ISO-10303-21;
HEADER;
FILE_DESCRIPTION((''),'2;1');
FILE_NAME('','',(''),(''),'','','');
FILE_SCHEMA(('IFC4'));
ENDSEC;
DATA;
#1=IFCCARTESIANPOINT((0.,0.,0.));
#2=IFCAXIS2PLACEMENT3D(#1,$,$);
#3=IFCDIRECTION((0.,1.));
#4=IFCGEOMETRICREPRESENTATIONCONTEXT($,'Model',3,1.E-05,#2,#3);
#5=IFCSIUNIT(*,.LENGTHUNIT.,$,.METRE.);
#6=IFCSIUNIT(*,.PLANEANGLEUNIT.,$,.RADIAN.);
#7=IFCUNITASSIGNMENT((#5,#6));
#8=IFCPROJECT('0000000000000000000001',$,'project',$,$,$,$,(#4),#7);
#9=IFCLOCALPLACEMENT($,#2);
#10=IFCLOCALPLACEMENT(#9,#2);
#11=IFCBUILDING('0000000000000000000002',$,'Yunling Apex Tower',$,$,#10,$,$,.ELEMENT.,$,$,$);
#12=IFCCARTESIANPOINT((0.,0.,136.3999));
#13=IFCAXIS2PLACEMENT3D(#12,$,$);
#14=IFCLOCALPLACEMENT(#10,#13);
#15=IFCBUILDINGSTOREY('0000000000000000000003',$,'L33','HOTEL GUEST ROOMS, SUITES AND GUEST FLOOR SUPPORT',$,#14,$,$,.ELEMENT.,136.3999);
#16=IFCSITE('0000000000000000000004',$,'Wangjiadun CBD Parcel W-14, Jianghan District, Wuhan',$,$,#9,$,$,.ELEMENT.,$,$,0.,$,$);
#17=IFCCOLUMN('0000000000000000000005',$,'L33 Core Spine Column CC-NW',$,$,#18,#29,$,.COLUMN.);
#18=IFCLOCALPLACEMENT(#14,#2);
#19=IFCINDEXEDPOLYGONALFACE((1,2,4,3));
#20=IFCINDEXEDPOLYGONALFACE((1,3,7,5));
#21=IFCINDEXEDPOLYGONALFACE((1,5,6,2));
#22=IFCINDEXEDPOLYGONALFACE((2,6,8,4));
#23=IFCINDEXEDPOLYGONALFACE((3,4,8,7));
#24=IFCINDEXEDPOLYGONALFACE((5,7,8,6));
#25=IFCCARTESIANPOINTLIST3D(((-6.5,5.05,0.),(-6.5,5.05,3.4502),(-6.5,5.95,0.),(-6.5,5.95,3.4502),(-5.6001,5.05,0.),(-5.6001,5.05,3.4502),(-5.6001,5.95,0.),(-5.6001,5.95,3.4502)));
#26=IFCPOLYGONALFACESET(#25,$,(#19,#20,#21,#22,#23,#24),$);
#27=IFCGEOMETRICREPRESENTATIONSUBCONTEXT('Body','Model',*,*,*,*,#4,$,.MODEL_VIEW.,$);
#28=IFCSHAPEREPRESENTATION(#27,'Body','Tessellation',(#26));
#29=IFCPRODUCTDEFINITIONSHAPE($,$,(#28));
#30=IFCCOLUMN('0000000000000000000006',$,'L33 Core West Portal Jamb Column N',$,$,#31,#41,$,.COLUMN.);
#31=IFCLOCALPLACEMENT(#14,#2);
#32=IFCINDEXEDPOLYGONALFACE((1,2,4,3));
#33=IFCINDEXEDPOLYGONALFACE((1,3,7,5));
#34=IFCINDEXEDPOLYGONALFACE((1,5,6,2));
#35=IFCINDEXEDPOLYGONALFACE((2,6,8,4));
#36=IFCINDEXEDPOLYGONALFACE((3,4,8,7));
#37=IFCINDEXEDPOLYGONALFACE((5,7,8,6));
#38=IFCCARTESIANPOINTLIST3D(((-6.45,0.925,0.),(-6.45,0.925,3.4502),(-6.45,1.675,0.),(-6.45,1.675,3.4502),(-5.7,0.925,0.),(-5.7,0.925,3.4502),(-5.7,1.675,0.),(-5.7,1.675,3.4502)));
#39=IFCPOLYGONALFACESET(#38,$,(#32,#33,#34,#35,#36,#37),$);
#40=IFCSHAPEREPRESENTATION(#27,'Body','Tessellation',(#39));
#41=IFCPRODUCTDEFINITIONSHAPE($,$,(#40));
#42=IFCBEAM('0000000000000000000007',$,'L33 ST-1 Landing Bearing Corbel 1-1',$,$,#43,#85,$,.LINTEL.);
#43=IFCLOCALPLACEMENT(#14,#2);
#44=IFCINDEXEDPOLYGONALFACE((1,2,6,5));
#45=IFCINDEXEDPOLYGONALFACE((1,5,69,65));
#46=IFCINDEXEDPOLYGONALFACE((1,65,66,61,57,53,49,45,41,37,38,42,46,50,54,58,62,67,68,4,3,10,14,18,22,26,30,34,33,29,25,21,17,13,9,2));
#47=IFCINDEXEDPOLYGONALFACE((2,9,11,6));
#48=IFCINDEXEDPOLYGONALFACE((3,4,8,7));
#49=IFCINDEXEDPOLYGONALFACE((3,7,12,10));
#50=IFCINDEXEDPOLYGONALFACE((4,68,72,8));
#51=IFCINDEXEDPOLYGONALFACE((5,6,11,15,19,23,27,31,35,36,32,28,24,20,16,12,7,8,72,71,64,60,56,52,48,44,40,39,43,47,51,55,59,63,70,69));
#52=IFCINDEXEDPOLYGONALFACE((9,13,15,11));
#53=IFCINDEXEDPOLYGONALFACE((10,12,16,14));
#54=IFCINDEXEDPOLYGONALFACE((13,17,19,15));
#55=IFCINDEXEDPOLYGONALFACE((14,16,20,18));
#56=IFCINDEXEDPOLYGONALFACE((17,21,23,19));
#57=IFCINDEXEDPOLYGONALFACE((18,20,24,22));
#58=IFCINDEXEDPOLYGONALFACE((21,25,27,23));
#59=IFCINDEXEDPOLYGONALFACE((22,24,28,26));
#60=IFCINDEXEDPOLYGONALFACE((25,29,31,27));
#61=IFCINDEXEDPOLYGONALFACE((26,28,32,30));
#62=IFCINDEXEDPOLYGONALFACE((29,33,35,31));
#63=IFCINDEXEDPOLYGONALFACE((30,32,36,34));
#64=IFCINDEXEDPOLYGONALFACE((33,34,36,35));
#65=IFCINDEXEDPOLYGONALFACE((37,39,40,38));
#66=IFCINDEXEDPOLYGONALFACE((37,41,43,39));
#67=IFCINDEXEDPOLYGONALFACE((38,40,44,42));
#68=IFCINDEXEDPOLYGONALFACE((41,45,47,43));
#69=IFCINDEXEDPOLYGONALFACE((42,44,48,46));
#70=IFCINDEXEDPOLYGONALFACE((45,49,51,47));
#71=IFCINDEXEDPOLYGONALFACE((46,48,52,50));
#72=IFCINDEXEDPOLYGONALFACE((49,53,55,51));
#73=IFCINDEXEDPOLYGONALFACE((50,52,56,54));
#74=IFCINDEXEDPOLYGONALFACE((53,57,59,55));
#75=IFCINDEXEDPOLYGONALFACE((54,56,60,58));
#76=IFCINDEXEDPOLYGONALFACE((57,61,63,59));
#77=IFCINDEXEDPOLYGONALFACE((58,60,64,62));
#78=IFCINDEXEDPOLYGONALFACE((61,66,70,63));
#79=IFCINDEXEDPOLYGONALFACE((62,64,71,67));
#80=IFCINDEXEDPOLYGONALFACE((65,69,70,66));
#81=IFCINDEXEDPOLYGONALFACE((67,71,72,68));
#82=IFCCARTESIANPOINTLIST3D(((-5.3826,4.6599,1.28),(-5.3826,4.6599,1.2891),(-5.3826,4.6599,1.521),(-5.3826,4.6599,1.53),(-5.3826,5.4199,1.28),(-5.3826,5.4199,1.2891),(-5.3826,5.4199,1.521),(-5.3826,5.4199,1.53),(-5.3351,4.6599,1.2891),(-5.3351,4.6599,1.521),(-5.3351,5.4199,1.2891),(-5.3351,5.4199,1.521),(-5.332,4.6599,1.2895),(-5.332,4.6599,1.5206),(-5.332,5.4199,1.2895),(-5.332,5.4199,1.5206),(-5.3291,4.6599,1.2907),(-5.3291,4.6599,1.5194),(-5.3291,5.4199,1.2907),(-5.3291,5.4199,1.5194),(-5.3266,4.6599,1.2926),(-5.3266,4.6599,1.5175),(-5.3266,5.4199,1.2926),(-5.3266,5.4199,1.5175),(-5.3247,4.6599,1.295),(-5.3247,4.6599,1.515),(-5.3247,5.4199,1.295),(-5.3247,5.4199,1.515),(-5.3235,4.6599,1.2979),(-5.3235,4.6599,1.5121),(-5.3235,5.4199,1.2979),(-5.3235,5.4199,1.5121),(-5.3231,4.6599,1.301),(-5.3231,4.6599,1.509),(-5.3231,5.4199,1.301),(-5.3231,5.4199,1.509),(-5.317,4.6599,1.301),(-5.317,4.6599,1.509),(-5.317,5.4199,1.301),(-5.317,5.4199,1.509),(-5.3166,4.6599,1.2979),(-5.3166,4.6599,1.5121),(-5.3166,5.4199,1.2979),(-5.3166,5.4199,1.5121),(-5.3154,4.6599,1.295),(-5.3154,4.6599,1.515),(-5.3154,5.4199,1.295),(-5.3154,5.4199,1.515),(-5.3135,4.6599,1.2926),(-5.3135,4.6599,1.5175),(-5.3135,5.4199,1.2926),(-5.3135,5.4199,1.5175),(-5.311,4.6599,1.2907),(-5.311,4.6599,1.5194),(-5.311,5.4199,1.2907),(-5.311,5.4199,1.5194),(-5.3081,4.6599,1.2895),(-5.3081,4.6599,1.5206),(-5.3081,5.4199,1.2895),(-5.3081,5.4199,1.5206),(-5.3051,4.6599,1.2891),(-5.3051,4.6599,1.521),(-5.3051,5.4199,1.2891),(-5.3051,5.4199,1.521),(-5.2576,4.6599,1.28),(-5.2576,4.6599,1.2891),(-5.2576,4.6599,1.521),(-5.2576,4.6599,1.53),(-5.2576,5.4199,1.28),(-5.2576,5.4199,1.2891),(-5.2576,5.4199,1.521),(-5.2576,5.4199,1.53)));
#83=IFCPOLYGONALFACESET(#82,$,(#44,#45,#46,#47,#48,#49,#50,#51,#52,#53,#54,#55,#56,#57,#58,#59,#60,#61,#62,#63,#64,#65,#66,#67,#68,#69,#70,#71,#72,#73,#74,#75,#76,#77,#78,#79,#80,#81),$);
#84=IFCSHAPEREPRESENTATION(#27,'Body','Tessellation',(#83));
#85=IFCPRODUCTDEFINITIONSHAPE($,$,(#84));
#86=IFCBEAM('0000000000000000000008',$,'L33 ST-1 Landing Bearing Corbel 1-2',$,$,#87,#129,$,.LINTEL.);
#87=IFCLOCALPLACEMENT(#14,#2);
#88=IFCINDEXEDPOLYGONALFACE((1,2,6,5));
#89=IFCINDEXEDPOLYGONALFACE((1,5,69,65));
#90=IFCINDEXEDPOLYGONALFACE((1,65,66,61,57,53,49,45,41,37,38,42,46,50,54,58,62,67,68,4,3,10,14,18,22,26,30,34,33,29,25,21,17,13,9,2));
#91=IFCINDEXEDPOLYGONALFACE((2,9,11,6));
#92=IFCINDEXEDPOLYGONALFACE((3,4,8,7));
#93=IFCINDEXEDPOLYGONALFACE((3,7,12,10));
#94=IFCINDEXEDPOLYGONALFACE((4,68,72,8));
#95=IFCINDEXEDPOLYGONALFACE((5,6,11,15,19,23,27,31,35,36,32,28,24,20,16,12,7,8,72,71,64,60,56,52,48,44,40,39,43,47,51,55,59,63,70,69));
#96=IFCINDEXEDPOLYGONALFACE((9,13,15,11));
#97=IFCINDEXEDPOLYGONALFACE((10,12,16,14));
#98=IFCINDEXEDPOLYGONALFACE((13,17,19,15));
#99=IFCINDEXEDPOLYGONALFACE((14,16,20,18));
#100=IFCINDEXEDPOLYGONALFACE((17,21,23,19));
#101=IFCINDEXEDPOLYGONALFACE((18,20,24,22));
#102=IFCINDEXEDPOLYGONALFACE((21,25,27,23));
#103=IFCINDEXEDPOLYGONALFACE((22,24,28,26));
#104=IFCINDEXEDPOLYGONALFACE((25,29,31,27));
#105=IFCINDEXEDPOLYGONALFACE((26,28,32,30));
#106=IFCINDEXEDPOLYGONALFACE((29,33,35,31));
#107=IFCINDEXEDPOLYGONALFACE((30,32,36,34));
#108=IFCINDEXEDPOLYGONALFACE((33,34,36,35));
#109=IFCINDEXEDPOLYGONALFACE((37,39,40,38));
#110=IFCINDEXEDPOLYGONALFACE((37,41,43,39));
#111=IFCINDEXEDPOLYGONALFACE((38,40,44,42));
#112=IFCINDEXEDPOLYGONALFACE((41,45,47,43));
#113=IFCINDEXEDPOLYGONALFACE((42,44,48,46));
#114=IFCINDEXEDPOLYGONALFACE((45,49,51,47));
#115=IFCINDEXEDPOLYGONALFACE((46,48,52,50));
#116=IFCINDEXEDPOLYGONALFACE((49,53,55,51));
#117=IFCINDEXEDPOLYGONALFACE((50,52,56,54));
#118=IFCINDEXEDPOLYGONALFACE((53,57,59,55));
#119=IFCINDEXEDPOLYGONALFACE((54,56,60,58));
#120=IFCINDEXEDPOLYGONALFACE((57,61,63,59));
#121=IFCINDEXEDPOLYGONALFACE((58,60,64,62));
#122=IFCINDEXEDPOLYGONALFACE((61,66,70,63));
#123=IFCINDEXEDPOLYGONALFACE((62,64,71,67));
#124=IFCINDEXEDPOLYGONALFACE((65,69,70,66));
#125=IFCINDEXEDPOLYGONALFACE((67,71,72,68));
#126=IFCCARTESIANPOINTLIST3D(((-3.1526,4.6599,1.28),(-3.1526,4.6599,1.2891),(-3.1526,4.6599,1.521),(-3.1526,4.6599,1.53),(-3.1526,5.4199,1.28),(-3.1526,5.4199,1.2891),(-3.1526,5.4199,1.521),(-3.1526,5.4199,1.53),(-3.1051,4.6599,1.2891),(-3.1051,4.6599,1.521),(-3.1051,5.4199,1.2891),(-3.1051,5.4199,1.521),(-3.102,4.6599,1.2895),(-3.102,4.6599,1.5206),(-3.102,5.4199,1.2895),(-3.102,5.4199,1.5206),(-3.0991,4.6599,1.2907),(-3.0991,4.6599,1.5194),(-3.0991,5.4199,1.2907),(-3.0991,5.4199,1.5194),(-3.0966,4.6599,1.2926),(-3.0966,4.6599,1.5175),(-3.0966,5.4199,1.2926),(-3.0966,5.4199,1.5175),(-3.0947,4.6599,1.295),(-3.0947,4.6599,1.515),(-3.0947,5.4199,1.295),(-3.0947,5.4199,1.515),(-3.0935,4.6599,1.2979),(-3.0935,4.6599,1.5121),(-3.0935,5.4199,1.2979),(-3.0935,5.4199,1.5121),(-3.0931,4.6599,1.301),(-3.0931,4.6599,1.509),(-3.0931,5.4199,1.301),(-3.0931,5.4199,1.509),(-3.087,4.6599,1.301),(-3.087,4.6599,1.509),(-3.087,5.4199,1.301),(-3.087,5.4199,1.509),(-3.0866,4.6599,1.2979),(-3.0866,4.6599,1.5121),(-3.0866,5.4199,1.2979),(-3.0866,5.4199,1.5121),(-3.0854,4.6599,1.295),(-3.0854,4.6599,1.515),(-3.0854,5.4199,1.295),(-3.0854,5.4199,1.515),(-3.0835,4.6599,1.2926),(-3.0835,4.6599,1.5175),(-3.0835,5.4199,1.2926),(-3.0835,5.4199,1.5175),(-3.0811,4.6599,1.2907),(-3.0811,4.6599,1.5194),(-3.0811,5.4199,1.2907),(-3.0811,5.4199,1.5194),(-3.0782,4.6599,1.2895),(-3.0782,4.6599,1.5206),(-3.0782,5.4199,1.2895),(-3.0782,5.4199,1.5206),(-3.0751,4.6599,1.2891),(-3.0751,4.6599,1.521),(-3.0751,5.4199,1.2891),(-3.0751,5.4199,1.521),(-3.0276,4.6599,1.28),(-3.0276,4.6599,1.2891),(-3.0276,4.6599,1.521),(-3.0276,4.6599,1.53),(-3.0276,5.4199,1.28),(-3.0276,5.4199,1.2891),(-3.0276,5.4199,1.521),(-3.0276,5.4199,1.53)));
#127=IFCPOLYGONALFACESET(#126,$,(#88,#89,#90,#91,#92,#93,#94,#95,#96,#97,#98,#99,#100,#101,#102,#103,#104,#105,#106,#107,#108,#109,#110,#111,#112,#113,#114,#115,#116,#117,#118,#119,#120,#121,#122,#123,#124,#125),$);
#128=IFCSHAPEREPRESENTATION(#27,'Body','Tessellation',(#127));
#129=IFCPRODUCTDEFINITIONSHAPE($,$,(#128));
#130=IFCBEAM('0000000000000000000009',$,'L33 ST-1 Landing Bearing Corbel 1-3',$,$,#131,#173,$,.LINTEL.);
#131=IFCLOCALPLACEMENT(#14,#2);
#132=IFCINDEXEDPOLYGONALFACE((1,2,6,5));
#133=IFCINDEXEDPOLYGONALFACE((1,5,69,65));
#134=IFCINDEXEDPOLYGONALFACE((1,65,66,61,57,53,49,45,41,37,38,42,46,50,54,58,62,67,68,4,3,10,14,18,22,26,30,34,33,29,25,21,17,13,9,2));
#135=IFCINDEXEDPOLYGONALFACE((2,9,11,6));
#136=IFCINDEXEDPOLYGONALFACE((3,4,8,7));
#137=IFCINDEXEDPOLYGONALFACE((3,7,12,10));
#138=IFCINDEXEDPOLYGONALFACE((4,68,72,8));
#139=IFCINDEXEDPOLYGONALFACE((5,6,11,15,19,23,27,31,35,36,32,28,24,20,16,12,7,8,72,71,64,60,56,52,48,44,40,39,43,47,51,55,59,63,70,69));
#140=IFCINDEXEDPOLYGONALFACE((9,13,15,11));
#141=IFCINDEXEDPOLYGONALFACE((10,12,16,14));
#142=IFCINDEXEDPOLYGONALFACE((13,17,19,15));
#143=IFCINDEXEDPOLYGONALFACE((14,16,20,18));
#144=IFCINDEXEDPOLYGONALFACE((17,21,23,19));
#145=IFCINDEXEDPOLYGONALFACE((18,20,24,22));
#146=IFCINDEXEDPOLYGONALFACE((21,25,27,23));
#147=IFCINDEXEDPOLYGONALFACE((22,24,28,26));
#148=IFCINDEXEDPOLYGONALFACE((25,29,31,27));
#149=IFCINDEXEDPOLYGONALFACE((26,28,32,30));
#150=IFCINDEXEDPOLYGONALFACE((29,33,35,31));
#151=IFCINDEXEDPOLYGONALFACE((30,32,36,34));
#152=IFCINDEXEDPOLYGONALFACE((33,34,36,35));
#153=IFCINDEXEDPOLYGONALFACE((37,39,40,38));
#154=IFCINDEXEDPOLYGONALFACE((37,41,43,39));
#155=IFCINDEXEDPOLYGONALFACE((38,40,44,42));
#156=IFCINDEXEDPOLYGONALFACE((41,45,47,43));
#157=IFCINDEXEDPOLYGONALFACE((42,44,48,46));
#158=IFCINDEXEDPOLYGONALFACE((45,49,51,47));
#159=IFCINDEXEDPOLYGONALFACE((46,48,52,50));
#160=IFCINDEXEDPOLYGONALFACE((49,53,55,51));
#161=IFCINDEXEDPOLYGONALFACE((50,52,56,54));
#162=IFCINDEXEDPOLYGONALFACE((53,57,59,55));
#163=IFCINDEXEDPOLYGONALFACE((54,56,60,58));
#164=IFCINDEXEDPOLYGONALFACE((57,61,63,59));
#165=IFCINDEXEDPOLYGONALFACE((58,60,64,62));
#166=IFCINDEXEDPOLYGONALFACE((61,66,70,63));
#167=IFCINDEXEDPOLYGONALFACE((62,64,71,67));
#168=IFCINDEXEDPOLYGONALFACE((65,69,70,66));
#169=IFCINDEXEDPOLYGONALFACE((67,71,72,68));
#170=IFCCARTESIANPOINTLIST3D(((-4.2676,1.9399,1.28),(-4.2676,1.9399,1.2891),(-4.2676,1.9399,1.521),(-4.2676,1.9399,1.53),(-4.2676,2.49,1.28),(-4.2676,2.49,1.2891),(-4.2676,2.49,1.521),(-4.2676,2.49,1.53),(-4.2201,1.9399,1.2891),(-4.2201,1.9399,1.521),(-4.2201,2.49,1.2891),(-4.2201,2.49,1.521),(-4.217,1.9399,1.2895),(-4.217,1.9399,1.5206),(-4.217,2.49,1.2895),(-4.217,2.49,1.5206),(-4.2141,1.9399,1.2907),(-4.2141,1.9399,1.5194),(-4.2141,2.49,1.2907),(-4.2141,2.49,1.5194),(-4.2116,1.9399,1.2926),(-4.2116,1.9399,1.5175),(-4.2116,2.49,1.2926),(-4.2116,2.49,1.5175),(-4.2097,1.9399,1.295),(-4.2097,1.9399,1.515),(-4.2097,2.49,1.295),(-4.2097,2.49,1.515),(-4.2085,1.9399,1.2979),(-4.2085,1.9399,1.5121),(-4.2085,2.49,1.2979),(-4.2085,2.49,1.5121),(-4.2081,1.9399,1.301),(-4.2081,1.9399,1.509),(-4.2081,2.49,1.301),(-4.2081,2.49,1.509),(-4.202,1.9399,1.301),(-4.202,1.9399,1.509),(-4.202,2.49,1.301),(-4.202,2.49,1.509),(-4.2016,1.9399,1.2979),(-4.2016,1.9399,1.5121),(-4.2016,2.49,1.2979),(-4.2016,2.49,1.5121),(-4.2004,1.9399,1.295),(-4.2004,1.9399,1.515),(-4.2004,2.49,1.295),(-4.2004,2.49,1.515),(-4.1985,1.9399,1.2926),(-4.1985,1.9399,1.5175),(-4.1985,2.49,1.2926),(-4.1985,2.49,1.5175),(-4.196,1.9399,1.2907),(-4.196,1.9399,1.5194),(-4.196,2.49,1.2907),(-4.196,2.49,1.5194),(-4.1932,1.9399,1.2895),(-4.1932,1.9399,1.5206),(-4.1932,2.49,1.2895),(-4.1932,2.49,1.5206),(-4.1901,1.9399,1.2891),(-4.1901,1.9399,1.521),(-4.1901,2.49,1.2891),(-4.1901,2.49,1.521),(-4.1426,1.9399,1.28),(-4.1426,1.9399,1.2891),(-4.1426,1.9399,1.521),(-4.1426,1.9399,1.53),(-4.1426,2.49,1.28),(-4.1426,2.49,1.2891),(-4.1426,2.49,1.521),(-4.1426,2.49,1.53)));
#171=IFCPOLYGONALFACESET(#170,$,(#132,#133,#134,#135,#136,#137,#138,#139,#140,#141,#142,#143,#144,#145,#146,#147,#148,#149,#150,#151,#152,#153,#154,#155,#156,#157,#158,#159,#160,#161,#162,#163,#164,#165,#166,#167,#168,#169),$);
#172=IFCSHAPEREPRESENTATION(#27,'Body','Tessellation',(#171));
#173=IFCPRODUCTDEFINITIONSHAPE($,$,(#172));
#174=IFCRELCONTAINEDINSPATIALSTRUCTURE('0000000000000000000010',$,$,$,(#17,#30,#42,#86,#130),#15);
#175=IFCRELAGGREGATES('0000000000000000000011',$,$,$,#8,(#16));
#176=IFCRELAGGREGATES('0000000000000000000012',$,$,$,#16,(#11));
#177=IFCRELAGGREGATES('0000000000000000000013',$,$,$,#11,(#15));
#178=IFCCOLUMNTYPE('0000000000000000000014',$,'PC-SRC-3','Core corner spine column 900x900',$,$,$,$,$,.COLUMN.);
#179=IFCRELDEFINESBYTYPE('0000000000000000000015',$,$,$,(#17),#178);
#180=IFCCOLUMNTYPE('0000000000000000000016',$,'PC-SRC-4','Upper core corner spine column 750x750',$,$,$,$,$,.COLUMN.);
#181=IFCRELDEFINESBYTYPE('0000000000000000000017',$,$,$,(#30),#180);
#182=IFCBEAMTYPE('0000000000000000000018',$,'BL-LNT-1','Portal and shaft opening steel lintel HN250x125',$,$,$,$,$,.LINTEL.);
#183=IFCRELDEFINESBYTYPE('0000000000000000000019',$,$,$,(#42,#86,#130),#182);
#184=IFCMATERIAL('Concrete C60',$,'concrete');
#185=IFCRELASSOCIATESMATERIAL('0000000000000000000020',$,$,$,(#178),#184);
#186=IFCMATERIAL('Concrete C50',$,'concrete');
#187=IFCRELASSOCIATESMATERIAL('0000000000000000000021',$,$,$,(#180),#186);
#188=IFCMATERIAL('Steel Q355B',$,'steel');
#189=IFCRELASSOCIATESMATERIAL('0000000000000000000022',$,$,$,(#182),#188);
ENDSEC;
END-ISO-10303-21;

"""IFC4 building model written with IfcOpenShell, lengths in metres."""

from ifc_helpers import new_model, si_unit, direction, frame, origin, origin_2d, place, context, subcontext, project, spatial, rectangle, i_section, extrude, source, transform, mapped, material, material_profile, profile_set, type_object, element, save


model = new_model("IFC4")

# Units and contexts
model_context = context("Model", 3, precision=1e-05, world=origin(), true_north=direction((0.0, 1.0)))
body_context = subcontext(model_context, "Body", "Model", "MODEL_VIEW")
ifc_project = project(units=[si_unit("LENGTHUNIT", "METRE"), si_unit("PLANEANGLEUNIT", "RADIAN")], contexts=[model_context])

# Site, building, storey
site_placement = place(None, origin())
site = spatial("IfcSite", under=ifc_project, at=site_placement, Name="Wangjiadun CBD Parcel W-14, Jianghan District, Wuhan", CompositionType="ELEMENT", RefElevation=0.0)
building_placement = place(site_placement, origin())
building = spatial("IfcBuilding", under=site, at=building_placement, Name="Yunling Apex Tower", CompositionType="ELEMENT")
storey_placement = place(building_placement, frame((0.0, 0.0, 136.3999)))
storey = spatial("IfcBuildingStorey", under=building, at=storey_placement, Name="L33", Description="HOTEL GUEST ROOMS, SUITES AND GUEST FLOOR SUPPORT", CompositionType="ELEMENT", Elevation=136.3999)

# Columns
ifc_material_1 = material(Name="Concrete C60", Category="concrete")
ifc_material_profile_1 = material_profile(ifc_material_1, rectangle(XDim=0.8999, YDim=0.8999, at=origin_2d()))
ifc_profile_set_1 = profile_set([ifc_material_profile_1], Name="Concrete C60")
column_type_1 = type_object("IfcColumnType", Name="PC-SRC-3", Description="Core corner spine column 900x900", PredefinedType="COLUMN", material=ifc_profile_set_1)
shared_shape_1 = source(origin(), body_context, "Body", "SweptSolid", [
    extrude(rectangle(XDim=0.8999, YDim=0.8999, at=origin_2d()), origin(), (0.0, 0.0, 1.0), 3.4502),
])
column_1_placement = place(storey_placement, frame((-6.05, 5.5, 0.0), z_axis=(0.0, 0.0, 1.0), x_axis=(1.0, 0.0, 0.0)))
element("IfcColumn", 1, at=column_1_placement, inside=storey, type_object=column_type_1, Name="L33 Core Spine Column CC-NW", PredefinedType="COLUMN", context=body_context, shape_type="MappedRepresentation", body=[
    mapped(shared_shape_1, transform((0.0, 0.0, 0.0), scale=1.0)),
])
ifc_material_2 = material(Name="Concrete C50", Category="concrete")
ifc_material_profile_2 = material_profile(ifc_material_2, rectangle(XDim=0.75, YDim=0.75, at=origin_2d()))
ifc_profile_set_2 = profile_set([ifc_material_profile_2], Name="Concrete C50")
column_type_2 = type_object("IfcColumnType", Name="PC-SRC-4", Description="Upper core corner spine column 750x750", PredefinedType="COLUMN", material=ifc_profile_set_2)
shared_shape_2 = source(origin(), body_context, "Body", "SweptSolid", [
    extrude(rectangle(XDim=0.75, YDim=0.75, at=origin_2d()), origin(), (0.0, 0.0, 1.0), 3.4502),
])
column_2_placement = place(storey_placement, frame((-6.075, 1.3, 0.0), z_axis=(0.0, 0.0, 1.0), x_axis=(1.0, 0.0, 0.0)))
element("IfcColumn", 2, at=column_2_placement, inside=storey, type_object=column_type_2, Name="L33 Core West Portal Jamb Column N", PredefinedType="COLUMN", context=body_context, shape_type="MappedRepresentation", body=[
    mapped(shared_shape_2, transform((0.0, 0.0, 0.0), scale=1.0)),
])

# Beams
ifc_material_3 = material(Name="Steel Q355B", Category="steel")
ifc_material_profile_3 = material_profile(ifc_material_3, i_section(OverallWidth=0.125, OverallDepth=0.25, WebThickness=0.0061, FlangeThickness=0.009, FilletRadius=0.012, at=origin_2d()))
ifc_profile_set_3 = profile_set([ifc_material_profile_3], Name="Steel Q355B")
beam_type_1 = type_object("IfcBeamType", Name="BL-LNT-1", Description="Portal and shaft opening steel lintel HN250x125", PredefinedType="LINTEL", material=ifc_profile_set_3)
shared_shape_3 = source(origin(), body_context, "Body", "SweptSolid", [
    extrude(i_section(OverallWidth=0.125, OverallDepth=0.25, WebThickness=0.0061, FlangeThickness=0.009, FilletRadius=0.012, at=origin_2d()), origin(), (0.0, 0.0, 1.0), 0.76),
])
for number, where, z_axis, x_axis, name in (
    (3, (-5.3201, 5.4199, 1.405), (0.0, -1.0, 0.0), (1.0, 0.0, 0.0), "L33 ST-1 Landing Bearing Corbel 1-1"),
    (4, (-3.0901, 5.4199, 1.405), (0.0, -1.0, 0.0), (1.0, 0.0, 0.0), "L33 ST-1 Landing Bearing Corbel 1-2"),
):
    element("IfcBeam", number, at=place(storey_placement, frame(where, z_axis=z_axis, x_axis=x_axis)), inside=storey, type_object=beam_type_1, Name=name, PredefinedType="LINTEL", context=body_context, shape_type="MappedRepresentation", body=[
        mapped(shared_shape_3, transform((0.0, 0.0, 0.0), scale=1.0)),
    ])
shared_shape_4 = source(origin(), body_context, "Body", "SweptSolid", [
    extrude(i_section(OverallWidth=0.125, OverallDepth=0.25, WebThickness=0.0061, FlangeThickness=0.009, FilletRadius=0.012, at=origin_2d()), origin(), (0.0, 0.0, 1.0), 0.55),
])
beam_1_placement = place(storey_placement, frame((-4.2051, 1.9399, 1.405), z_axis=(0.0, 1.0, 0.0), x_axis=(-1.0, 0.0, 0.0)))
element("IfcBeam", 5, at=beam_1_placement, inside=storey, type_object=beam_type_1, Name="L33 ST-1 Landing Bearing Corbel 1-3", PredefinedType="LINTEL", context=body_context, shape_type="MappedRepresentation", body=[
    mapped(shared_shape_4, transform((0.0, 0.0, 0.0), scale=1.0)),
])

save(model, "model.ifc")
